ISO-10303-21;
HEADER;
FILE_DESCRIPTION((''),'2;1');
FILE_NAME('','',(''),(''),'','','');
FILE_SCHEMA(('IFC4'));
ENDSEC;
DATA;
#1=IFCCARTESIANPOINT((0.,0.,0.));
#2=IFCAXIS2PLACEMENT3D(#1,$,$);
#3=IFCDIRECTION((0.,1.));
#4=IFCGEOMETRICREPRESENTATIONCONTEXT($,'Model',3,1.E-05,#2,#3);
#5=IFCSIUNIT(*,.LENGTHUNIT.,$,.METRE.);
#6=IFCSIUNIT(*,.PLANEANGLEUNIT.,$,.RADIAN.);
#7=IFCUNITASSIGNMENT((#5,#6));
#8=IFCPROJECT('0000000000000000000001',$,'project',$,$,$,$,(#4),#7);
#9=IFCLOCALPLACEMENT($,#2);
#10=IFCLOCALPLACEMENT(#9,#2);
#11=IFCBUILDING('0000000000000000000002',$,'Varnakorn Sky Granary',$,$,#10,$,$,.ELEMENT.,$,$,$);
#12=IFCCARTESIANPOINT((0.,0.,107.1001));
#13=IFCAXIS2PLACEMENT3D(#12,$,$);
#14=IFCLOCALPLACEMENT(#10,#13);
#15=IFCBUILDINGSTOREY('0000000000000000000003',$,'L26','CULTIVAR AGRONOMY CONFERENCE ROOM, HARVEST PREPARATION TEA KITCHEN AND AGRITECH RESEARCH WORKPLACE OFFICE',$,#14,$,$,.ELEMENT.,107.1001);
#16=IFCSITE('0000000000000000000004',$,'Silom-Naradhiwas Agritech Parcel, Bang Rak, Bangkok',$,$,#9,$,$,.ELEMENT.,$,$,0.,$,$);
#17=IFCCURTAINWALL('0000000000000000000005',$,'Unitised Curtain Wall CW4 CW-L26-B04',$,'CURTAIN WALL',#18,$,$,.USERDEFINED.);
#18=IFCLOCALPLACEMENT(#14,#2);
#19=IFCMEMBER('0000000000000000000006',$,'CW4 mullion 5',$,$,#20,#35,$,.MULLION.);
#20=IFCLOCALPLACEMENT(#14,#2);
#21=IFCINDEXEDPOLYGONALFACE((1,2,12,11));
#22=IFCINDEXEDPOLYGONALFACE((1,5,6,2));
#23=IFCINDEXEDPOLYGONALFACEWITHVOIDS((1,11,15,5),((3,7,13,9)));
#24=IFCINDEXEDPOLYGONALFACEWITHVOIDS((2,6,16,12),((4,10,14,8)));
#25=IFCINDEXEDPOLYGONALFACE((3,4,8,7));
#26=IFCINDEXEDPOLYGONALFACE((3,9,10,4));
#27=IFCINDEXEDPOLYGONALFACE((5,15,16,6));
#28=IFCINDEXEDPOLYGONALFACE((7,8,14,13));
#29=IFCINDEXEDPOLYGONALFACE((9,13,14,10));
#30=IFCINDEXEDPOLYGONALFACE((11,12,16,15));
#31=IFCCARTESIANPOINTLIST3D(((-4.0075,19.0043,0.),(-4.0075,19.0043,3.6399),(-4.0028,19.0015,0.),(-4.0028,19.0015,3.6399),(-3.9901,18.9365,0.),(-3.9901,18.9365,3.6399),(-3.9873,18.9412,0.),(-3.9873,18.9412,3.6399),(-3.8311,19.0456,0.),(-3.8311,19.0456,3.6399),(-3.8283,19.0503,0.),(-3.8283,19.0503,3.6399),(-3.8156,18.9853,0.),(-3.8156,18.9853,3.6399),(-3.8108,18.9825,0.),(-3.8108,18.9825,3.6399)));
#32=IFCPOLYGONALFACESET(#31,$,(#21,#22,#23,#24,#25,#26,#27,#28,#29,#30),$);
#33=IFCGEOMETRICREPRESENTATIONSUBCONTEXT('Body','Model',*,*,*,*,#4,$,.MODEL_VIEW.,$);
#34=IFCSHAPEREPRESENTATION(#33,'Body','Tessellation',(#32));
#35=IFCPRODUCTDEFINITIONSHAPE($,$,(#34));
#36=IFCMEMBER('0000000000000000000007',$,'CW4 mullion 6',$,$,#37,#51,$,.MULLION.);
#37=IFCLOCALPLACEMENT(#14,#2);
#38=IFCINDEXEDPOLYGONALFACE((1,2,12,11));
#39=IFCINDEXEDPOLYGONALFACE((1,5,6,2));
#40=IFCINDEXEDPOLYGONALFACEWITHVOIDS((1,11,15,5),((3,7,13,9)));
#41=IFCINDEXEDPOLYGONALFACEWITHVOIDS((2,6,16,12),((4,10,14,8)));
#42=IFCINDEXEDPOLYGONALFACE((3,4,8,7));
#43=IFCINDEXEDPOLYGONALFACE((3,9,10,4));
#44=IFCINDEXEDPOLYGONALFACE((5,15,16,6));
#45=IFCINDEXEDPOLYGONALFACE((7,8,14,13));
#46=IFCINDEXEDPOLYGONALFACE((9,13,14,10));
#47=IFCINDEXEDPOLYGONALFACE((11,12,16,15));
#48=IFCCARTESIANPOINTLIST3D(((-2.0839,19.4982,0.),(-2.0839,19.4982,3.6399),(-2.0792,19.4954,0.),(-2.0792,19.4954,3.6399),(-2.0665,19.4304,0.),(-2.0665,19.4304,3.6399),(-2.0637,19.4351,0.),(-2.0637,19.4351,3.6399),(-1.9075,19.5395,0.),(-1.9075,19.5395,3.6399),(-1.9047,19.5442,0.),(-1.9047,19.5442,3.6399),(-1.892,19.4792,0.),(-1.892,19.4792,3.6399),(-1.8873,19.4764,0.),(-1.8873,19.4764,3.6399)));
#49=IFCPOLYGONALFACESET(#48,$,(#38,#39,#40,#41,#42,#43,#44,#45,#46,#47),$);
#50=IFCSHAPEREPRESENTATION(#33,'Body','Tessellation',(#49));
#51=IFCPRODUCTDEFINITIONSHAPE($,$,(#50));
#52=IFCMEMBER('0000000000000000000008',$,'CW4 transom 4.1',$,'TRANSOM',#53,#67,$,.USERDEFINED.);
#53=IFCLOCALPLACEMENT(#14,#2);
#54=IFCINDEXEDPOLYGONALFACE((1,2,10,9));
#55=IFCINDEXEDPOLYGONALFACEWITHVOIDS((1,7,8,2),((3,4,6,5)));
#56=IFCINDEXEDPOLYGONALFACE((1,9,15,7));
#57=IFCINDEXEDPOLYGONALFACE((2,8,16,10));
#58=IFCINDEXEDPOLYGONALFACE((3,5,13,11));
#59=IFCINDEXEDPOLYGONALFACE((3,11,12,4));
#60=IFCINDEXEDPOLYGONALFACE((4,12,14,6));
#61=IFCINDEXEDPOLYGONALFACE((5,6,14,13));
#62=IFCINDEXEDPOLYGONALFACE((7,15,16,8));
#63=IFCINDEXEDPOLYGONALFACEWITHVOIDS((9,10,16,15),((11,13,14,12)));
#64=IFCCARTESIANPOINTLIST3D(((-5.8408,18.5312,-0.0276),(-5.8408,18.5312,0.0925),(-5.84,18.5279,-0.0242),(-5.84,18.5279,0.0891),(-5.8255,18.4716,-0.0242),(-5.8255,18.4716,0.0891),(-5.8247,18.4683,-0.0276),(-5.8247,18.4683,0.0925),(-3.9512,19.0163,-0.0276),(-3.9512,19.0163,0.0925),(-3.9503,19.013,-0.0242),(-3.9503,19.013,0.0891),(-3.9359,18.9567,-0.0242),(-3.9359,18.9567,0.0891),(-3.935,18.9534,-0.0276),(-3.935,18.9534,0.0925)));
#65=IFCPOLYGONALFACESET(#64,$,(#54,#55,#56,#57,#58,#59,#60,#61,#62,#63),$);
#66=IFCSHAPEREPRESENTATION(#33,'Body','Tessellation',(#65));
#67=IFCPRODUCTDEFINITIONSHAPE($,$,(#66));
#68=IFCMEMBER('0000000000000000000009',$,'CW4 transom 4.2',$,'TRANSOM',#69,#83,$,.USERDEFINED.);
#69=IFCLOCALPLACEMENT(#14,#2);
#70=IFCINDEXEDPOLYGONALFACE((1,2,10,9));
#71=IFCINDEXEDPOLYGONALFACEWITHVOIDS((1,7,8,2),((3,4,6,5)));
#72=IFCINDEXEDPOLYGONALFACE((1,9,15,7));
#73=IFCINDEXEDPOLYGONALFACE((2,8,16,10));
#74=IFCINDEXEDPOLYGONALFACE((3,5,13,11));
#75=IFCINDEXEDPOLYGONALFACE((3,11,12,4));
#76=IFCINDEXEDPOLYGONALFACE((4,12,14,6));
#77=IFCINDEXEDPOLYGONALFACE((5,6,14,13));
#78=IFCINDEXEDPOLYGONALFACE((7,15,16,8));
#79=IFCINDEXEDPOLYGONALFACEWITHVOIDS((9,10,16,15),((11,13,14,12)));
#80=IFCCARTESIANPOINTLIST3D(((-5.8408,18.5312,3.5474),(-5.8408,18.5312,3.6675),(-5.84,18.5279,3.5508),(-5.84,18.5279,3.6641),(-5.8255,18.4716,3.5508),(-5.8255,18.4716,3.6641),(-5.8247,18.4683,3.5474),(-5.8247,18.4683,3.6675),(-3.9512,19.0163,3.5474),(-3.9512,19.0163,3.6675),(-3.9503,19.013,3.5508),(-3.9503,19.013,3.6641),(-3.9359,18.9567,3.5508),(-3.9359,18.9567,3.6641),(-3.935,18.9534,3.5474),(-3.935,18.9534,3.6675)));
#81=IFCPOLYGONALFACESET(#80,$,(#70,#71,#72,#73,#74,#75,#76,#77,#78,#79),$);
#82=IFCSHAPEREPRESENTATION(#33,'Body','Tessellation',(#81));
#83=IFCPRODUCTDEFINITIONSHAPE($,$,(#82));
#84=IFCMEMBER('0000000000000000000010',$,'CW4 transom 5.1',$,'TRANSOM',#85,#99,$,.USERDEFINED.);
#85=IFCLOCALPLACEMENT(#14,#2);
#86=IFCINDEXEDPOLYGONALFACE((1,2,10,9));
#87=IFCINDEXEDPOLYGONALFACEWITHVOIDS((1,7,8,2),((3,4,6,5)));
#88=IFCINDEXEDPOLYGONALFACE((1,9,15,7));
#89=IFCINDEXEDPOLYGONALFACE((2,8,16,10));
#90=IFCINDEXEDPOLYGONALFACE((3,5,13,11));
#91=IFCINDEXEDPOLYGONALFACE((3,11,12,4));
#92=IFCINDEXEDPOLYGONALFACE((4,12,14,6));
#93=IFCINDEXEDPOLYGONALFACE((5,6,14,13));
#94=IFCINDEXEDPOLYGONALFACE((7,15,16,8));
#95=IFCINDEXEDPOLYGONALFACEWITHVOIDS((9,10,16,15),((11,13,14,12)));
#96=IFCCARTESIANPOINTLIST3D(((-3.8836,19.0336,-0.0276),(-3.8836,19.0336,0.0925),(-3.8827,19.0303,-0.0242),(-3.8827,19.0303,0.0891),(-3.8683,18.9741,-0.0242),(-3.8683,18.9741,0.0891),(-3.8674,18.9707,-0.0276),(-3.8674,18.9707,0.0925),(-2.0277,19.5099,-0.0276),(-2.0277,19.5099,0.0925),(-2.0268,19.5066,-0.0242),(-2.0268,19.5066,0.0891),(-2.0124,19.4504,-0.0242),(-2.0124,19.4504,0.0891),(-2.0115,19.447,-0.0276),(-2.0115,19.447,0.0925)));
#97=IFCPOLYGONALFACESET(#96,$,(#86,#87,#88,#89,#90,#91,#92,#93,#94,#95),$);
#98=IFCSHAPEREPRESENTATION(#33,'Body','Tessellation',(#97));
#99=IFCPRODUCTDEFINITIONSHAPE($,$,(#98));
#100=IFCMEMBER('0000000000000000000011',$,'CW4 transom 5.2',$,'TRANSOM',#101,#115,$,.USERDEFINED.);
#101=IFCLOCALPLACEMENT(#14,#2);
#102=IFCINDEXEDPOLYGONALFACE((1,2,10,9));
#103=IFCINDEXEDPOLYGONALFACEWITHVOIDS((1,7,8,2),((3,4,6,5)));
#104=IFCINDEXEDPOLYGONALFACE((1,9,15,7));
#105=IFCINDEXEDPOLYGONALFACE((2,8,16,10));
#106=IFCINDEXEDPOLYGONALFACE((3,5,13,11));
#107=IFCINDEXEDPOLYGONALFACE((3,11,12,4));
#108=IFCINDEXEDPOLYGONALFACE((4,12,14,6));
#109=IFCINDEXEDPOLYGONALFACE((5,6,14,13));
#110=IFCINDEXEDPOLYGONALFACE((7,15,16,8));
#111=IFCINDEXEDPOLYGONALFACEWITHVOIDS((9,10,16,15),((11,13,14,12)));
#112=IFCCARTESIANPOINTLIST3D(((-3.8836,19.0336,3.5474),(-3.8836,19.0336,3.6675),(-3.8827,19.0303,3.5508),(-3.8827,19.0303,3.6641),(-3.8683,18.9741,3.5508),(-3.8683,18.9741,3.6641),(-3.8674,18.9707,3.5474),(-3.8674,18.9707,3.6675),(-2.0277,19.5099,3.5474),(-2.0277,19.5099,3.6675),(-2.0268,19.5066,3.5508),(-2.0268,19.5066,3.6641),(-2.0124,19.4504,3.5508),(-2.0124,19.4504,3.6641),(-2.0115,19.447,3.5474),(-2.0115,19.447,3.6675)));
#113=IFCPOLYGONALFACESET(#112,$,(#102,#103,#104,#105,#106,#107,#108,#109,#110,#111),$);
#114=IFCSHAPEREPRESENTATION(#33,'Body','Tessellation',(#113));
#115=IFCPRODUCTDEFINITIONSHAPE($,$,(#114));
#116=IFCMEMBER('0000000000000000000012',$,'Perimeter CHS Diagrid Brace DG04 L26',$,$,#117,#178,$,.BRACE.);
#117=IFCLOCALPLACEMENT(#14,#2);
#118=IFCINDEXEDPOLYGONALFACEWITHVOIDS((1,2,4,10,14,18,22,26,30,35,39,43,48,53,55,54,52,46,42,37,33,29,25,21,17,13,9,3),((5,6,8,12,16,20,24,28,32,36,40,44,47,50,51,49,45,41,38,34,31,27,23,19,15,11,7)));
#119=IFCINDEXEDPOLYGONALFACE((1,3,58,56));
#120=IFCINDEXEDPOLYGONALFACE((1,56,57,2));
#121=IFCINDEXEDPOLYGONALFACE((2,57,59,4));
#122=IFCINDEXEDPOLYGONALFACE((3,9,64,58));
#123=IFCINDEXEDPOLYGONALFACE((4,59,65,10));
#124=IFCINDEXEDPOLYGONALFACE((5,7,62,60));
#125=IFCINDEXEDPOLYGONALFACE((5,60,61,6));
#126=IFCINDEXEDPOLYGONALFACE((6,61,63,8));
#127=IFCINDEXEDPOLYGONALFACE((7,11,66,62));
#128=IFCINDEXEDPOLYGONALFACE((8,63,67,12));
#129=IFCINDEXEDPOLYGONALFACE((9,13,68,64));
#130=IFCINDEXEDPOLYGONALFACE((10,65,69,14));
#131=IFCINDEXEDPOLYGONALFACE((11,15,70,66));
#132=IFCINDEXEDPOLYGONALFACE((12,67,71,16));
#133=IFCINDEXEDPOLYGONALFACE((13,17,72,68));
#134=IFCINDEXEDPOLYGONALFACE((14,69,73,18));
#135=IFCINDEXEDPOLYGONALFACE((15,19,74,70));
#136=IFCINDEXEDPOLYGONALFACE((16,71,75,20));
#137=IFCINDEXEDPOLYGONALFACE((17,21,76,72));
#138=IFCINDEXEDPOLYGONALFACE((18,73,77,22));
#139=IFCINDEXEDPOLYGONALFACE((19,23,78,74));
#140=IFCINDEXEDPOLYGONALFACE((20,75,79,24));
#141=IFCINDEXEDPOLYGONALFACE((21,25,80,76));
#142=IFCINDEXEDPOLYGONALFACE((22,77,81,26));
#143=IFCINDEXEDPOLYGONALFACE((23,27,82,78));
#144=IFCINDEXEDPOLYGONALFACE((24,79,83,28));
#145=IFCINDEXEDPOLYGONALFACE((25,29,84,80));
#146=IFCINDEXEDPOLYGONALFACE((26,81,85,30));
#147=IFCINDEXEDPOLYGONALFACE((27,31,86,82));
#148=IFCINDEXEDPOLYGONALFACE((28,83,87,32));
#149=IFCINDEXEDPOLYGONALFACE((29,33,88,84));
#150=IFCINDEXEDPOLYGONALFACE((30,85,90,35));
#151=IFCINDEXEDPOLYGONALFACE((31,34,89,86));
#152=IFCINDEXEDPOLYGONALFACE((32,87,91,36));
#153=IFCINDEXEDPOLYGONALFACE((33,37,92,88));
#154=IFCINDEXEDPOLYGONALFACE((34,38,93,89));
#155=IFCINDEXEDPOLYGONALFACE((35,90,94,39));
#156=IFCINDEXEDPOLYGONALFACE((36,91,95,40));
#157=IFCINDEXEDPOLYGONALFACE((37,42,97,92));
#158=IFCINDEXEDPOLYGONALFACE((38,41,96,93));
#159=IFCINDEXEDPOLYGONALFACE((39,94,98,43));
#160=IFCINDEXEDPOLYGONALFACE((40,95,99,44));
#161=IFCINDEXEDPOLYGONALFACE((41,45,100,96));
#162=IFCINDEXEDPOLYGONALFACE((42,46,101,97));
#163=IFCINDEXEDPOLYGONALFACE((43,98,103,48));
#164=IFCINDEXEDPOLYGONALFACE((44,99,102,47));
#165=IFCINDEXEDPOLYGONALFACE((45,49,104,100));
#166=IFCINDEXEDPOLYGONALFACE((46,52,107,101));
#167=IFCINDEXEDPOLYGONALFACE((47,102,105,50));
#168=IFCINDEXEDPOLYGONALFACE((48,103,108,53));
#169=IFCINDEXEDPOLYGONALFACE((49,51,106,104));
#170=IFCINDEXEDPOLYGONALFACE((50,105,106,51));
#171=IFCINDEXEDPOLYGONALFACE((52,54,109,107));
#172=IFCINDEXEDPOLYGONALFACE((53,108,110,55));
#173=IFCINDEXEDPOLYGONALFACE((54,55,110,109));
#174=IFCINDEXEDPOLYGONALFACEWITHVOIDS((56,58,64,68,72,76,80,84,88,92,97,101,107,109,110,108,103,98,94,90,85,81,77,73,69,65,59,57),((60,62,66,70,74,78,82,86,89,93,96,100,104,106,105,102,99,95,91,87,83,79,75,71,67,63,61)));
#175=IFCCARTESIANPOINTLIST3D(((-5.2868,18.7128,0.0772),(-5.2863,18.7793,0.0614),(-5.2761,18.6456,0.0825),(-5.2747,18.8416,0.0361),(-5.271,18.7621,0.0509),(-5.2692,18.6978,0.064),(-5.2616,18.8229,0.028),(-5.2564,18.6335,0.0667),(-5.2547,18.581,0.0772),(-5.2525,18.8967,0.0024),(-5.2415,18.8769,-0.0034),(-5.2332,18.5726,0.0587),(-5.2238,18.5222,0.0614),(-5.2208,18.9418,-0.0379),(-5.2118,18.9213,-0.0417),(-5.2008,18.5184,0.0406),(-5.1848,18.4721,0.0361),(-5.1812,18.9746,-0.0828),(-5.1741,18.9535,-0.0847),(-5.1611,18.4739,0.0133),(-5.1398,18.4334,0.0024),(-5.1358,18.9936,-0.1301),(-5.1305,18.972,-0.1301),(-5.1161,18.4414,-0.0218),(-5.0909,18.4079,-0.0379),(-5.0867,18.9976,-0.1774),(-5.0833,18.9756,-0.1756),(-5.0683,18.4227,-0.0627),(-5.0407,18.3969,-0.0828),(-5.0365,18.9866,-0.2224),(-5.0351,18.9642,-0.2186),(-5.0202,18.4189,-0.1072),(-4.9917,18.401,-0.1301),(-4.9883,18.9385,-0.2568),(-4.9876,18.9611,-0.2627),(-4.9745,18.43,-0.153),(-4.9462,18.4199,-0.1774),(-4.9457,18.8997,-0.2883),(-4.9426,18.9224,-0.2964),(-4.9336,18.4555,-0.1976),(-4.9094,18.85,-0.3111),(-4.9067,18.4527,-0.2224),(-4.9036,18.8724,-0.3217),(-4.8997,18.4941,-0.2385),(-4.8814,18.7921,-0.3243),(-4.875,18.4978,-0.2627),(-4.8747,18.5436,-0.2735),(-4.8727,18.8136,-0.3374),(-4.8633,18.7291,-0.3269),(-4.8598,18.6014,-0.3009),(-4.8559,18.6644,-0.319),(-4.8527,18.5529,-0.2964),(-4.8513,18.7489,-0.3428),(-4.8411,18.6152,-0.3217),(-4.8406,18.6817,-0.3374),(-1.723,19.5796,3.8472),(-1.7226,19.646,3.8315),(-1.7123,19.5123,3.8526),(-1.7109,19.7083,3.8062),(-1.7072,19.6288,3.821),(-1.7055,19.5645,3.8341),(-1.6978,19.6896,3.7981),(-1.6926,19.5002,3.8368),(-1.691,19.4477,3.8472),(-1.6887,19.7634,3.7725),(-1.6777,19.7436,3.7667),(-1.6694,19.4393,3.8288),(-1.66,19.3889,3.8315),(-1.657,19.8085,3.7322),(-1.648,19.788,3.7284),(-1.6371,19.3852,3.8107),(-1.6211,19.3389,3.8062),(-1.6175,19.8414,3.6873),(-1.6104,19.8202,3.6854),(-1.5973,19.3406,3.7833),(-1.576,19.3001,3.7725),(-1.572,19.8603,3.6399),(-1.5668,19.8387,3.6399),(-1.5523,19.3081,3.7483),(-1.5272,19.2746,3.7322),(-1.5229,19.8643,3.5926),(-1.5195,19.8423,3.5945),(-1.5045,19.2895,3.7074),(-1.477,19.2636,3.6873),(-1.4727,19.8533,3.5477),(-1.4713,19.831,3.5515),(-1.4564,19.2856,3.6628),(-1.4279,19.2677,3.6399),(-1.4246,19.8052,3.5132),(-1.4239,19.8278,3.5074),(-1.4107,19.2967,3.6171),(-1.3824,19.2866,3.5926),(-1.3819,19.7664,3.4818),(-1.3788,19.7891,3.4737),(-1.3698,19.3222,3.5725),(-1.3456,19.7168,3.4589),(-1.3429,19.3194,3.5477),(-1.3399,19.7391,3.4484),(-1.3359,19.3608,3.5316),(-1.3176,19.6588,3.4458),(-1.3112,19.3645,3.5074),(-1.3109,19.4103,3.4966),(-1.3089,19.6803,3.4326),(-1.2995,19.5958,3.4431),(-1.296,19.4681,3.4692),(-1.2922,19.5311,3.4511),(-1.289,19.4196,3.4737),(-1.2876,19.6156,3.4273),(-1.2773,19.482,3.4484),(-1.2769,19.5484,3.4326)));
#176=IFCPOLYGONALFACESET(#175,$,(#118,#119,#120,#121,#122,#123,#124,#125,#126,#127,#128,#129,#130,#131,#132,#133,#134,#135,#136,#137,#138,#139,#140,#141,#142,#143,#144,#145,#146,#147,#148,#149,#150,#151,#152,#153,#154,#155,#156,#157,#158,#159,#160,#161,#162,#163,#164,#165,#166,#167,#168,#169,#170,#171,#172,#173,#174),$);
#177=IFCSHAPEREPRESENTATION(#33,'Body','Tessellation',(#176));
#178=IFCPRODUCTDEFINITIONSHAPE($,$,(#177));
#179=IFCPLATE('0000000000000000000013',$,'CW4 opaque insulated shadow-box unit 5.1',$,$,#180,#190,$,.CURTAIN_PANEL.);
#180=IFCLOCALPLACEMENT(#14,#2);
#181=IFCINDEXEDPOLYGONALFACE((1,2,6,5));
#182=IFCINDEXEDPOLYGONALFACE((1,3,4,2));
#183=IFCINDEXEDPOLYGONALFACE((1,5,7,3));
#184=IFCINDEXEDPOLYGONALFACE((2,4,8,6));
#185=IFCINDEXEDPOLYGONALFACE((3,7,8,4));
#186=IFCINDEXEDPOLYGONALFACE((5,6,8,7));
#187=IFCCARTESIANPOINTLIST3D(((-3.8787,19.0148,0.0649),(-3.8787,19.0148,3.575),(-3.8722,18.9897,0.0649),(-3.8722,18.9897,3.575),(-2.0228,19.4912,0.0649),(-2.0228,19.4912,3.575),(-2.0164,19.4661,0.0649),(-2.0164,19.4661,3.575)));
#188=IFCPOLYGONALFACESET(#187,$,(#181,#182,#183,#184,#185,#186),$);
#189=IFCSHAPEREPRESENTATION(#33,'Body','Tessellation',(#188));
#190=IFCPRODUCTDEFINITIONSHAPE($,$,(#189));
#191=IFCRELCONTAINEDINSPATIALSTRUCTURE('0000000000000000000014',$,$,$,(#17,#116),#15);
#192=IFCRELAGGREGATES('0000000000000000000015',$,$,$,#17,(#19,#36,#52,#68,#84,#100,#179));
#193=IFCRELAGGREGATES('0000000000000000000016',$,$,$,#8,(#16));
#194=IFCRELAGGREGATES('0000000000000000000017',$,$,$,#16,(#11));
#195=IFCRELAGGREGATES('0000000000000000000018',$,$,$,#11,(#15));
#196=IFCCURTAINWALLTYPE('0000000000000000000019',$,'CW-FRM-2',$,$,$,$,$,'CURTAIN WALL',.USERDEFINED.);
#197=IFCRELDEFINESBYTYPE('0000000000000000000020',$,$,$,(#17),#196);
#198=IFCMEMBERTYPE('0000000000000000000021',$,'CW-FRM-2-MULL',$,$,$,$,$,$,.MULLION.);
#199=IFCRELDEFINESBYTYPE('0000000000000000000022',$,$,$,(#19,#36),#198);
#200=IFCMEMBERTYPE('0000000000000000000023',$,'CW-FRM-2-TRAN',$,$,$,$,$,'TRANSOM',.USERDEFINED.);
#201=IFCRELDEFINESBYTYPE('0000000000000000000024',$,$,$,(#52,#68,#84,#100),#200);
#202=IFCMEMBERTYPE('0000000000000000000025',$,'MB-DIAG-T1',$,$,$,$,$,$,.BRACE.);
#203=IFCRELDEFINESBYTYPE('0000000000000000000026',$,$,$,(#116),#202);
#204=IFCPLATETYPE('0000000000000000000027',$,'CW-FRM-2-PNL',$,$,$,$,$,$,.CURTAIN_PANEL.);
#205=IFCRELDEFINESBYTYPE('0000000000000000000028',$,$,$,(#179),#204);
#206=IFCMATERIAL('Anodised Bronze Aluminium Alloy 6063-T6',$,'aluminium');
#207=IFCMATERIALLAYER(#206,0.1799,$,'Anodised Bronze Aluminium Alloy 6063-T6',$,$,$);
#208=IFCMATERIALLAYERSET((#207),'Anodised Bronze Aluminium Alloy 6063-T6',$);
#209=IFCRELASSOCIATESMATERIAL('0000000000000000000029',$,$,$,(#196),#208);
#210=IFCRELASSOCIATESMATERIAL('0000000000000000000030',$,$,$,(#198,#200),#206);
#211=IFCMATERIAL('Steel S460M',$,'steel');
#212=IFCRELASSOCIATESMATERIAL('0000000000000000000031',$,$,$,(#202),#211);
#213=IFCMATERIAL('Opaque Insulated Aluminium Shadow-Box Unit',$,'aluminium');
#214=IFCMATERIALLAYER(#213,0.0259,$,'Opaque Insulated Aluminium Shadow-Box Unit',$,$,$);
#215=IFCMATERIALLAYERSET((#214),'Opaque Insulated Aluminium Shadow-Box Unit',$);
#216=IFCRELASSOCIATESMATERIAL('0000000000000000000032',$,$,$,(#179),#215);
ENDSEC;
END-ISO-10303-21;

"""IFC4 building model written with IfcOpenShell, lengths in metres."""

from ifc_helpers import new_model, si_unit, direction, frame, origin, origin_2d, place, context, subcontext, project, spatial, rectangle, hollow_rectangle, hollow_circle, extrude, source, transform, mapped, material, layer, layer_set, material_profile, profile_set, type_object, element, aggregate, save


model = new_model("IFC4")

# Units and contexts
model_context = context("Model", 3, precision=1e-05, world=origin(), true_north=direction((0.0, 1.0)))
body_context = subcontext(model_context, "Body", "Model", "MODEL_VIEW")
ifc_project = project(units=[si_unit("LENGTHUNIT", "METRE"), si_unit("PLANEANGLEUNIT", "RADIAN")], contexts=[model_context])

# Site, building, storey
site_placement = place(None, origin())
site = spatial("IfcSite", under=ifc_project, at=site_placement, Name="Silom-Naradhiwas Agritech Parcel, Bang Rak, Bangkok", CompositionType="ELEMENT", RefElevation=0.0)
building_placement = place(site_placement, origin())
building = spatial("IfcBuilding", under=site, at=building_placement, Name="Varnakorn Sky Granary", CompositionType="ELEMENT")
storey_placement = place(building_placement, frame((0.0, 0.0, 107.1001)))
storey = spatial("IfcBuildingStorey", under=building, at=storey_placement, Name="L26", Description="CULTIVAR AGRONOMY CONFERENCE ROOM, HARVEST PREPARATION TEA KITCHEN AND AGRITECH RESEARCH WORKPLACE OFFICE", CompositionType="ELEMENT", Elevation=107.1001)

# Shared definitions
ifc_material_1 = material(Name="Steel S460M", Category="steel")

# Curtain wall, members
ifc_material_2 = material(Name="Anodised Bronze Aluminium Alloy 6063-T6", Category="aluminium")
ifc_layer_1 = layer(ifc_material_2, 0.1799, Name="Anodised Bronze Aluminium Alloy 6063-T6")
ifc_layer_set_1 = layer_set([ifc_layer_1], Name="Anodised Bronze Aluminium Alloy 6063-T6")
curtain_wall_type = type_object("IfcCurtainWallType", Name="CW-FRM-2", ElementType="CURTAIN WALL", PredefinedType="USERDEFINED", material=ifc_layer_set_1)
curtain_wall_placement = place(storey_placement, origin())
curtain_wall = element("IfcCurtainWall", 1, at=curtain_wall_placement, inside=storey, type_object=curtain_wall_type, Name="Unitised Curtain Wall CW4 CW-L26-B04", ObjectType="CURTAIN WALL", PredefinedType="USERDEFINED")
ifc_material_profile_1 = material_profile(ifc_material_2, hollow_rectangle(XDim=0.0701, YDim=0.1851, WallThickness=0.0039, at=origin_2d()), Name="ALU MULL 70x185")
ifc_profile_set_1 = profile_set([ifc_material_profile_1], Name="Anodised Bronze Aluminium Alloy 6063-T6")
member_type_1 = type_object("IfcMemberType", Name="CW-FRM-2-MULL", PredefinedType="MULLION", material=ifc_profile_set_1)
member_1_placement = place(storey_placement, frame((-3.9092, 18.9934, 0.0), z_axis=(0.0, 0.0, 1.0), x_axis=(-0.248636, 0.968597, 0.0)))
member_1 = element("IfcMember", 2, at=member_1_placement, type_object=member_type_1, Name="CW4 mullion 5", PredefinedType="MULLION", context=body_context, shape_type="SweptSolid", body=[
    extrude(hollow_rectangle(XDim=0.0701, YDim=0.1851, WallThickness=0.0039, at=origin_2d()), origin(), (0.0, 0.0, 1.0), 3.6399),
])
member_2_placement = place(storey_placement, frame((-1.9856, 19.4873, 0.0), z_axis=(0.0, 0.0, 1.0), x_axis=(-0.248636, 0.968597, 0.0)))
member_2 = element("IfcMember", 3, at=member_2_placement, type_object=member_type_1, Name="CW4 mullion 6", PredefinedType="MULLION", context=body_context, shape_type="SweptSolid", body=[
    extrude(hollow_rectangle(XDim=0.0701, YDim=0.1851, WallThickness=0.0039, at=origin_2d()), origin(), (0.0, 0.0, 1.0), 3.6399),
])
ifc_material_profile_2 = material_profile(ifc_material_2, hollow_rectangle(XDim=0.0649, YDim=0.1201, WallThickness=0.0034, at=origin_2d()), Name="ALU TRAN 65x120")
ifc_profile_set_2 = profile_set([ifc_material_profile_2], Name="Anodised Bronze Aluminium Alloy 6063-T6")
member_type_2 = type_object("IfcMemberType", Name="CW-FRM-2-TRAN", ElementType="TRANSOM", PredefinedType="USERDEFINED", material=ifc_profile_set_2)
member_3_placement = place(storey_placement, frame((-5.8328, 18.4998, 0.0325), z_axis=(0.968592, 0.248655, 0.0), x_axis=(-0.248655, 0.968592, 0.0)))
member_3 = element("IfcMember", 4, at=member_3_placement, type_object=member_type_2, Name="CW4 transom 4.1", ObjectType="TRANSOM", PredefinedType="USERDEFINED", context=body_context, shape_type="SweptSolid", body=[
    extrude(hollow_rectangle(XDim=0.0649, YDim=0.1201, WallThickness=0.0034, at=origin_2d()), origin(), (0.0, 0.0, 1.0), 1.9509),
])
member_4_placement = place(storey_placement, frame((-5.8328, 18.4998, 3.6074), z_axis=(0.968592, 0.248655, 0.0), x_axis=(-0.248655, 0.968592, 0.0)))
member_4 = element("IfcMember", 5, at=member_4_placement, type_object=member_type_2, Name="CW4 transom 4.2", ObjectType="TRANSOM", PredefinedType="USERDEFINED", context=body_context, shape_type="SweptSolid", body=[
    extrude(hollow_rectangle(XDim=0.0649, YDim=0.1201, WallThickness=0.0034, at=origin_2d()), origin(), (0.0, 0.0, 1.0), 1.9509),
])
member_5_placement = place(storey_placement, frame((-3.8755, 19.0022, 0.0325), z_axis=(0.96861, 0.248587, 0.0), x_axis=(-0.248587, 0.96861, 0.0)))
member_5 = element("IfcMember", 6, at=member_5_placement, type_object=member_type_2, Name="CW4 transom 5.1", ObjectType="TRANSOM", PredefinedType="USERDEFINED", context=body_context, shape_type="SweptSolid", body=[
    extrude(hollow_rectangle(XDim=0.0649, YDim=0.1201, WallThickness=0.0034, at=origin_2d()), origin(), (0.0, 0.0, 1.0), 1.916),
])
member_6_placement = place(storey_placement, frame((-3.8755, 19.0022, 3.6074), z_axis=(0.96861, 0.248587, 0.0), x_axis=(-0.248587, 0.96861, 0.0)))
member_6 = element("IfcMember", 7, at=member_6_placement, type_object=member_type_2, Name="CW4 transom 5.2", ObjectType="TRANSOM", PredefinedType="USERDEFINED", context=body_context, shape_type="SweptSolid", body=[
    extrude(hollow_rectangle(XDim=0.0649, YDim=0.1201, WallThickness=0.0034, at=origin_2d()), origin(), (0.0, 0.0, 1.0), 1.916),
])

# Member
ifc_material_profile_3 = material_profile(ifc_material_1, hollow_circle(Radius=0.3049, WallThickness=0.0222, at=origin_2d()), Name="CHS 610x22")
ifc_profile_set_3 = profile_set([ifc_material_profile_3], Name="Steel S460M")
member_type_3 = type_object("IfcMemberType", Name="MB-DIAG-T1", PredefinedType="BRACE", material=ifc_profile_set_3)
member_7_placement = place(storey_placement, frame((-5.0637, 18.6973, -0.1301), z_axis=(0.677554, 0.164781, 0.716776), x_axis=(-0.236313, 0.971677, 0.0)))
element("IfcMember", 8, at=member_7_placement, inside=storey, type_object=member_type_3, Name="Perimeter CHS Diagrid Brace DG04 L26", PredefinedType="BRACE", context=body_context, shape_type="SweptSolid", body=[
    extrude(hollow_circle(Radius=0.3049, WallThickness=0.0222, at=origin_2d()), origin(), (0.0, 0.0, 1.0), 5.2598),
])

# Plate
ifc_material_3 = material(Name="Opaque Insulated Aluminium Shadow-Box Unit", Category="aluminium")
ifc_layer_2 = layer(ifc_material_3, 0.0259, Name="Opaque Insulated Aluminium Shadow-Box Unit")
ifc_layer_set_2 = layer_set([ifc_layer_2], Name="Opaque Insulated Aluminium Shadow-Box Unit")
plate_type = type_object("IfcPlateType", Name="CW-FRM-2-PNL", PredefinedType="CURTAIN_PANEL")
shared_shape_1 = source(origin(), body_context, "Body", "SweptSolid", [
    extrude(rectangle(XDim=1.916, YDim=0.0259, at=origin_2d()), origin(), (0.0, 0.0, 1.0), 3.51),
])
plate_1_placement = place(storey_placement, frame((-2.9475, 19.2405, 0.0649), z_axis=(0.0, 0.0, 1.0), x_axis=(0.968597, 0.248636, 0.0)))
plate_1 = element("IfcPlate", 9, at=plate_1_placement, type_object=plate_type, material=ifc_layer_set_2, Name="CW4 opaque insulated shadow-box unit 5.1", PredefinedType="CURTAIN_PANEL", context=body_context, shape_type="MappedRepresentation", body=[
    mapped(shared_shape_1, transform((0.0, 0.0, 0.0), x_axis=(1.0, 0.0, 0.0), y_axis=(0.0, 1.0, 0.0), z_axis=(0.0, 0.0, 1.0), scale=1.0)),
])
aggregate(curtain_wall, [member_1, member_2, member_3, member_4, member_5, member_6, plate_1])

save(model, "model.ifc")
